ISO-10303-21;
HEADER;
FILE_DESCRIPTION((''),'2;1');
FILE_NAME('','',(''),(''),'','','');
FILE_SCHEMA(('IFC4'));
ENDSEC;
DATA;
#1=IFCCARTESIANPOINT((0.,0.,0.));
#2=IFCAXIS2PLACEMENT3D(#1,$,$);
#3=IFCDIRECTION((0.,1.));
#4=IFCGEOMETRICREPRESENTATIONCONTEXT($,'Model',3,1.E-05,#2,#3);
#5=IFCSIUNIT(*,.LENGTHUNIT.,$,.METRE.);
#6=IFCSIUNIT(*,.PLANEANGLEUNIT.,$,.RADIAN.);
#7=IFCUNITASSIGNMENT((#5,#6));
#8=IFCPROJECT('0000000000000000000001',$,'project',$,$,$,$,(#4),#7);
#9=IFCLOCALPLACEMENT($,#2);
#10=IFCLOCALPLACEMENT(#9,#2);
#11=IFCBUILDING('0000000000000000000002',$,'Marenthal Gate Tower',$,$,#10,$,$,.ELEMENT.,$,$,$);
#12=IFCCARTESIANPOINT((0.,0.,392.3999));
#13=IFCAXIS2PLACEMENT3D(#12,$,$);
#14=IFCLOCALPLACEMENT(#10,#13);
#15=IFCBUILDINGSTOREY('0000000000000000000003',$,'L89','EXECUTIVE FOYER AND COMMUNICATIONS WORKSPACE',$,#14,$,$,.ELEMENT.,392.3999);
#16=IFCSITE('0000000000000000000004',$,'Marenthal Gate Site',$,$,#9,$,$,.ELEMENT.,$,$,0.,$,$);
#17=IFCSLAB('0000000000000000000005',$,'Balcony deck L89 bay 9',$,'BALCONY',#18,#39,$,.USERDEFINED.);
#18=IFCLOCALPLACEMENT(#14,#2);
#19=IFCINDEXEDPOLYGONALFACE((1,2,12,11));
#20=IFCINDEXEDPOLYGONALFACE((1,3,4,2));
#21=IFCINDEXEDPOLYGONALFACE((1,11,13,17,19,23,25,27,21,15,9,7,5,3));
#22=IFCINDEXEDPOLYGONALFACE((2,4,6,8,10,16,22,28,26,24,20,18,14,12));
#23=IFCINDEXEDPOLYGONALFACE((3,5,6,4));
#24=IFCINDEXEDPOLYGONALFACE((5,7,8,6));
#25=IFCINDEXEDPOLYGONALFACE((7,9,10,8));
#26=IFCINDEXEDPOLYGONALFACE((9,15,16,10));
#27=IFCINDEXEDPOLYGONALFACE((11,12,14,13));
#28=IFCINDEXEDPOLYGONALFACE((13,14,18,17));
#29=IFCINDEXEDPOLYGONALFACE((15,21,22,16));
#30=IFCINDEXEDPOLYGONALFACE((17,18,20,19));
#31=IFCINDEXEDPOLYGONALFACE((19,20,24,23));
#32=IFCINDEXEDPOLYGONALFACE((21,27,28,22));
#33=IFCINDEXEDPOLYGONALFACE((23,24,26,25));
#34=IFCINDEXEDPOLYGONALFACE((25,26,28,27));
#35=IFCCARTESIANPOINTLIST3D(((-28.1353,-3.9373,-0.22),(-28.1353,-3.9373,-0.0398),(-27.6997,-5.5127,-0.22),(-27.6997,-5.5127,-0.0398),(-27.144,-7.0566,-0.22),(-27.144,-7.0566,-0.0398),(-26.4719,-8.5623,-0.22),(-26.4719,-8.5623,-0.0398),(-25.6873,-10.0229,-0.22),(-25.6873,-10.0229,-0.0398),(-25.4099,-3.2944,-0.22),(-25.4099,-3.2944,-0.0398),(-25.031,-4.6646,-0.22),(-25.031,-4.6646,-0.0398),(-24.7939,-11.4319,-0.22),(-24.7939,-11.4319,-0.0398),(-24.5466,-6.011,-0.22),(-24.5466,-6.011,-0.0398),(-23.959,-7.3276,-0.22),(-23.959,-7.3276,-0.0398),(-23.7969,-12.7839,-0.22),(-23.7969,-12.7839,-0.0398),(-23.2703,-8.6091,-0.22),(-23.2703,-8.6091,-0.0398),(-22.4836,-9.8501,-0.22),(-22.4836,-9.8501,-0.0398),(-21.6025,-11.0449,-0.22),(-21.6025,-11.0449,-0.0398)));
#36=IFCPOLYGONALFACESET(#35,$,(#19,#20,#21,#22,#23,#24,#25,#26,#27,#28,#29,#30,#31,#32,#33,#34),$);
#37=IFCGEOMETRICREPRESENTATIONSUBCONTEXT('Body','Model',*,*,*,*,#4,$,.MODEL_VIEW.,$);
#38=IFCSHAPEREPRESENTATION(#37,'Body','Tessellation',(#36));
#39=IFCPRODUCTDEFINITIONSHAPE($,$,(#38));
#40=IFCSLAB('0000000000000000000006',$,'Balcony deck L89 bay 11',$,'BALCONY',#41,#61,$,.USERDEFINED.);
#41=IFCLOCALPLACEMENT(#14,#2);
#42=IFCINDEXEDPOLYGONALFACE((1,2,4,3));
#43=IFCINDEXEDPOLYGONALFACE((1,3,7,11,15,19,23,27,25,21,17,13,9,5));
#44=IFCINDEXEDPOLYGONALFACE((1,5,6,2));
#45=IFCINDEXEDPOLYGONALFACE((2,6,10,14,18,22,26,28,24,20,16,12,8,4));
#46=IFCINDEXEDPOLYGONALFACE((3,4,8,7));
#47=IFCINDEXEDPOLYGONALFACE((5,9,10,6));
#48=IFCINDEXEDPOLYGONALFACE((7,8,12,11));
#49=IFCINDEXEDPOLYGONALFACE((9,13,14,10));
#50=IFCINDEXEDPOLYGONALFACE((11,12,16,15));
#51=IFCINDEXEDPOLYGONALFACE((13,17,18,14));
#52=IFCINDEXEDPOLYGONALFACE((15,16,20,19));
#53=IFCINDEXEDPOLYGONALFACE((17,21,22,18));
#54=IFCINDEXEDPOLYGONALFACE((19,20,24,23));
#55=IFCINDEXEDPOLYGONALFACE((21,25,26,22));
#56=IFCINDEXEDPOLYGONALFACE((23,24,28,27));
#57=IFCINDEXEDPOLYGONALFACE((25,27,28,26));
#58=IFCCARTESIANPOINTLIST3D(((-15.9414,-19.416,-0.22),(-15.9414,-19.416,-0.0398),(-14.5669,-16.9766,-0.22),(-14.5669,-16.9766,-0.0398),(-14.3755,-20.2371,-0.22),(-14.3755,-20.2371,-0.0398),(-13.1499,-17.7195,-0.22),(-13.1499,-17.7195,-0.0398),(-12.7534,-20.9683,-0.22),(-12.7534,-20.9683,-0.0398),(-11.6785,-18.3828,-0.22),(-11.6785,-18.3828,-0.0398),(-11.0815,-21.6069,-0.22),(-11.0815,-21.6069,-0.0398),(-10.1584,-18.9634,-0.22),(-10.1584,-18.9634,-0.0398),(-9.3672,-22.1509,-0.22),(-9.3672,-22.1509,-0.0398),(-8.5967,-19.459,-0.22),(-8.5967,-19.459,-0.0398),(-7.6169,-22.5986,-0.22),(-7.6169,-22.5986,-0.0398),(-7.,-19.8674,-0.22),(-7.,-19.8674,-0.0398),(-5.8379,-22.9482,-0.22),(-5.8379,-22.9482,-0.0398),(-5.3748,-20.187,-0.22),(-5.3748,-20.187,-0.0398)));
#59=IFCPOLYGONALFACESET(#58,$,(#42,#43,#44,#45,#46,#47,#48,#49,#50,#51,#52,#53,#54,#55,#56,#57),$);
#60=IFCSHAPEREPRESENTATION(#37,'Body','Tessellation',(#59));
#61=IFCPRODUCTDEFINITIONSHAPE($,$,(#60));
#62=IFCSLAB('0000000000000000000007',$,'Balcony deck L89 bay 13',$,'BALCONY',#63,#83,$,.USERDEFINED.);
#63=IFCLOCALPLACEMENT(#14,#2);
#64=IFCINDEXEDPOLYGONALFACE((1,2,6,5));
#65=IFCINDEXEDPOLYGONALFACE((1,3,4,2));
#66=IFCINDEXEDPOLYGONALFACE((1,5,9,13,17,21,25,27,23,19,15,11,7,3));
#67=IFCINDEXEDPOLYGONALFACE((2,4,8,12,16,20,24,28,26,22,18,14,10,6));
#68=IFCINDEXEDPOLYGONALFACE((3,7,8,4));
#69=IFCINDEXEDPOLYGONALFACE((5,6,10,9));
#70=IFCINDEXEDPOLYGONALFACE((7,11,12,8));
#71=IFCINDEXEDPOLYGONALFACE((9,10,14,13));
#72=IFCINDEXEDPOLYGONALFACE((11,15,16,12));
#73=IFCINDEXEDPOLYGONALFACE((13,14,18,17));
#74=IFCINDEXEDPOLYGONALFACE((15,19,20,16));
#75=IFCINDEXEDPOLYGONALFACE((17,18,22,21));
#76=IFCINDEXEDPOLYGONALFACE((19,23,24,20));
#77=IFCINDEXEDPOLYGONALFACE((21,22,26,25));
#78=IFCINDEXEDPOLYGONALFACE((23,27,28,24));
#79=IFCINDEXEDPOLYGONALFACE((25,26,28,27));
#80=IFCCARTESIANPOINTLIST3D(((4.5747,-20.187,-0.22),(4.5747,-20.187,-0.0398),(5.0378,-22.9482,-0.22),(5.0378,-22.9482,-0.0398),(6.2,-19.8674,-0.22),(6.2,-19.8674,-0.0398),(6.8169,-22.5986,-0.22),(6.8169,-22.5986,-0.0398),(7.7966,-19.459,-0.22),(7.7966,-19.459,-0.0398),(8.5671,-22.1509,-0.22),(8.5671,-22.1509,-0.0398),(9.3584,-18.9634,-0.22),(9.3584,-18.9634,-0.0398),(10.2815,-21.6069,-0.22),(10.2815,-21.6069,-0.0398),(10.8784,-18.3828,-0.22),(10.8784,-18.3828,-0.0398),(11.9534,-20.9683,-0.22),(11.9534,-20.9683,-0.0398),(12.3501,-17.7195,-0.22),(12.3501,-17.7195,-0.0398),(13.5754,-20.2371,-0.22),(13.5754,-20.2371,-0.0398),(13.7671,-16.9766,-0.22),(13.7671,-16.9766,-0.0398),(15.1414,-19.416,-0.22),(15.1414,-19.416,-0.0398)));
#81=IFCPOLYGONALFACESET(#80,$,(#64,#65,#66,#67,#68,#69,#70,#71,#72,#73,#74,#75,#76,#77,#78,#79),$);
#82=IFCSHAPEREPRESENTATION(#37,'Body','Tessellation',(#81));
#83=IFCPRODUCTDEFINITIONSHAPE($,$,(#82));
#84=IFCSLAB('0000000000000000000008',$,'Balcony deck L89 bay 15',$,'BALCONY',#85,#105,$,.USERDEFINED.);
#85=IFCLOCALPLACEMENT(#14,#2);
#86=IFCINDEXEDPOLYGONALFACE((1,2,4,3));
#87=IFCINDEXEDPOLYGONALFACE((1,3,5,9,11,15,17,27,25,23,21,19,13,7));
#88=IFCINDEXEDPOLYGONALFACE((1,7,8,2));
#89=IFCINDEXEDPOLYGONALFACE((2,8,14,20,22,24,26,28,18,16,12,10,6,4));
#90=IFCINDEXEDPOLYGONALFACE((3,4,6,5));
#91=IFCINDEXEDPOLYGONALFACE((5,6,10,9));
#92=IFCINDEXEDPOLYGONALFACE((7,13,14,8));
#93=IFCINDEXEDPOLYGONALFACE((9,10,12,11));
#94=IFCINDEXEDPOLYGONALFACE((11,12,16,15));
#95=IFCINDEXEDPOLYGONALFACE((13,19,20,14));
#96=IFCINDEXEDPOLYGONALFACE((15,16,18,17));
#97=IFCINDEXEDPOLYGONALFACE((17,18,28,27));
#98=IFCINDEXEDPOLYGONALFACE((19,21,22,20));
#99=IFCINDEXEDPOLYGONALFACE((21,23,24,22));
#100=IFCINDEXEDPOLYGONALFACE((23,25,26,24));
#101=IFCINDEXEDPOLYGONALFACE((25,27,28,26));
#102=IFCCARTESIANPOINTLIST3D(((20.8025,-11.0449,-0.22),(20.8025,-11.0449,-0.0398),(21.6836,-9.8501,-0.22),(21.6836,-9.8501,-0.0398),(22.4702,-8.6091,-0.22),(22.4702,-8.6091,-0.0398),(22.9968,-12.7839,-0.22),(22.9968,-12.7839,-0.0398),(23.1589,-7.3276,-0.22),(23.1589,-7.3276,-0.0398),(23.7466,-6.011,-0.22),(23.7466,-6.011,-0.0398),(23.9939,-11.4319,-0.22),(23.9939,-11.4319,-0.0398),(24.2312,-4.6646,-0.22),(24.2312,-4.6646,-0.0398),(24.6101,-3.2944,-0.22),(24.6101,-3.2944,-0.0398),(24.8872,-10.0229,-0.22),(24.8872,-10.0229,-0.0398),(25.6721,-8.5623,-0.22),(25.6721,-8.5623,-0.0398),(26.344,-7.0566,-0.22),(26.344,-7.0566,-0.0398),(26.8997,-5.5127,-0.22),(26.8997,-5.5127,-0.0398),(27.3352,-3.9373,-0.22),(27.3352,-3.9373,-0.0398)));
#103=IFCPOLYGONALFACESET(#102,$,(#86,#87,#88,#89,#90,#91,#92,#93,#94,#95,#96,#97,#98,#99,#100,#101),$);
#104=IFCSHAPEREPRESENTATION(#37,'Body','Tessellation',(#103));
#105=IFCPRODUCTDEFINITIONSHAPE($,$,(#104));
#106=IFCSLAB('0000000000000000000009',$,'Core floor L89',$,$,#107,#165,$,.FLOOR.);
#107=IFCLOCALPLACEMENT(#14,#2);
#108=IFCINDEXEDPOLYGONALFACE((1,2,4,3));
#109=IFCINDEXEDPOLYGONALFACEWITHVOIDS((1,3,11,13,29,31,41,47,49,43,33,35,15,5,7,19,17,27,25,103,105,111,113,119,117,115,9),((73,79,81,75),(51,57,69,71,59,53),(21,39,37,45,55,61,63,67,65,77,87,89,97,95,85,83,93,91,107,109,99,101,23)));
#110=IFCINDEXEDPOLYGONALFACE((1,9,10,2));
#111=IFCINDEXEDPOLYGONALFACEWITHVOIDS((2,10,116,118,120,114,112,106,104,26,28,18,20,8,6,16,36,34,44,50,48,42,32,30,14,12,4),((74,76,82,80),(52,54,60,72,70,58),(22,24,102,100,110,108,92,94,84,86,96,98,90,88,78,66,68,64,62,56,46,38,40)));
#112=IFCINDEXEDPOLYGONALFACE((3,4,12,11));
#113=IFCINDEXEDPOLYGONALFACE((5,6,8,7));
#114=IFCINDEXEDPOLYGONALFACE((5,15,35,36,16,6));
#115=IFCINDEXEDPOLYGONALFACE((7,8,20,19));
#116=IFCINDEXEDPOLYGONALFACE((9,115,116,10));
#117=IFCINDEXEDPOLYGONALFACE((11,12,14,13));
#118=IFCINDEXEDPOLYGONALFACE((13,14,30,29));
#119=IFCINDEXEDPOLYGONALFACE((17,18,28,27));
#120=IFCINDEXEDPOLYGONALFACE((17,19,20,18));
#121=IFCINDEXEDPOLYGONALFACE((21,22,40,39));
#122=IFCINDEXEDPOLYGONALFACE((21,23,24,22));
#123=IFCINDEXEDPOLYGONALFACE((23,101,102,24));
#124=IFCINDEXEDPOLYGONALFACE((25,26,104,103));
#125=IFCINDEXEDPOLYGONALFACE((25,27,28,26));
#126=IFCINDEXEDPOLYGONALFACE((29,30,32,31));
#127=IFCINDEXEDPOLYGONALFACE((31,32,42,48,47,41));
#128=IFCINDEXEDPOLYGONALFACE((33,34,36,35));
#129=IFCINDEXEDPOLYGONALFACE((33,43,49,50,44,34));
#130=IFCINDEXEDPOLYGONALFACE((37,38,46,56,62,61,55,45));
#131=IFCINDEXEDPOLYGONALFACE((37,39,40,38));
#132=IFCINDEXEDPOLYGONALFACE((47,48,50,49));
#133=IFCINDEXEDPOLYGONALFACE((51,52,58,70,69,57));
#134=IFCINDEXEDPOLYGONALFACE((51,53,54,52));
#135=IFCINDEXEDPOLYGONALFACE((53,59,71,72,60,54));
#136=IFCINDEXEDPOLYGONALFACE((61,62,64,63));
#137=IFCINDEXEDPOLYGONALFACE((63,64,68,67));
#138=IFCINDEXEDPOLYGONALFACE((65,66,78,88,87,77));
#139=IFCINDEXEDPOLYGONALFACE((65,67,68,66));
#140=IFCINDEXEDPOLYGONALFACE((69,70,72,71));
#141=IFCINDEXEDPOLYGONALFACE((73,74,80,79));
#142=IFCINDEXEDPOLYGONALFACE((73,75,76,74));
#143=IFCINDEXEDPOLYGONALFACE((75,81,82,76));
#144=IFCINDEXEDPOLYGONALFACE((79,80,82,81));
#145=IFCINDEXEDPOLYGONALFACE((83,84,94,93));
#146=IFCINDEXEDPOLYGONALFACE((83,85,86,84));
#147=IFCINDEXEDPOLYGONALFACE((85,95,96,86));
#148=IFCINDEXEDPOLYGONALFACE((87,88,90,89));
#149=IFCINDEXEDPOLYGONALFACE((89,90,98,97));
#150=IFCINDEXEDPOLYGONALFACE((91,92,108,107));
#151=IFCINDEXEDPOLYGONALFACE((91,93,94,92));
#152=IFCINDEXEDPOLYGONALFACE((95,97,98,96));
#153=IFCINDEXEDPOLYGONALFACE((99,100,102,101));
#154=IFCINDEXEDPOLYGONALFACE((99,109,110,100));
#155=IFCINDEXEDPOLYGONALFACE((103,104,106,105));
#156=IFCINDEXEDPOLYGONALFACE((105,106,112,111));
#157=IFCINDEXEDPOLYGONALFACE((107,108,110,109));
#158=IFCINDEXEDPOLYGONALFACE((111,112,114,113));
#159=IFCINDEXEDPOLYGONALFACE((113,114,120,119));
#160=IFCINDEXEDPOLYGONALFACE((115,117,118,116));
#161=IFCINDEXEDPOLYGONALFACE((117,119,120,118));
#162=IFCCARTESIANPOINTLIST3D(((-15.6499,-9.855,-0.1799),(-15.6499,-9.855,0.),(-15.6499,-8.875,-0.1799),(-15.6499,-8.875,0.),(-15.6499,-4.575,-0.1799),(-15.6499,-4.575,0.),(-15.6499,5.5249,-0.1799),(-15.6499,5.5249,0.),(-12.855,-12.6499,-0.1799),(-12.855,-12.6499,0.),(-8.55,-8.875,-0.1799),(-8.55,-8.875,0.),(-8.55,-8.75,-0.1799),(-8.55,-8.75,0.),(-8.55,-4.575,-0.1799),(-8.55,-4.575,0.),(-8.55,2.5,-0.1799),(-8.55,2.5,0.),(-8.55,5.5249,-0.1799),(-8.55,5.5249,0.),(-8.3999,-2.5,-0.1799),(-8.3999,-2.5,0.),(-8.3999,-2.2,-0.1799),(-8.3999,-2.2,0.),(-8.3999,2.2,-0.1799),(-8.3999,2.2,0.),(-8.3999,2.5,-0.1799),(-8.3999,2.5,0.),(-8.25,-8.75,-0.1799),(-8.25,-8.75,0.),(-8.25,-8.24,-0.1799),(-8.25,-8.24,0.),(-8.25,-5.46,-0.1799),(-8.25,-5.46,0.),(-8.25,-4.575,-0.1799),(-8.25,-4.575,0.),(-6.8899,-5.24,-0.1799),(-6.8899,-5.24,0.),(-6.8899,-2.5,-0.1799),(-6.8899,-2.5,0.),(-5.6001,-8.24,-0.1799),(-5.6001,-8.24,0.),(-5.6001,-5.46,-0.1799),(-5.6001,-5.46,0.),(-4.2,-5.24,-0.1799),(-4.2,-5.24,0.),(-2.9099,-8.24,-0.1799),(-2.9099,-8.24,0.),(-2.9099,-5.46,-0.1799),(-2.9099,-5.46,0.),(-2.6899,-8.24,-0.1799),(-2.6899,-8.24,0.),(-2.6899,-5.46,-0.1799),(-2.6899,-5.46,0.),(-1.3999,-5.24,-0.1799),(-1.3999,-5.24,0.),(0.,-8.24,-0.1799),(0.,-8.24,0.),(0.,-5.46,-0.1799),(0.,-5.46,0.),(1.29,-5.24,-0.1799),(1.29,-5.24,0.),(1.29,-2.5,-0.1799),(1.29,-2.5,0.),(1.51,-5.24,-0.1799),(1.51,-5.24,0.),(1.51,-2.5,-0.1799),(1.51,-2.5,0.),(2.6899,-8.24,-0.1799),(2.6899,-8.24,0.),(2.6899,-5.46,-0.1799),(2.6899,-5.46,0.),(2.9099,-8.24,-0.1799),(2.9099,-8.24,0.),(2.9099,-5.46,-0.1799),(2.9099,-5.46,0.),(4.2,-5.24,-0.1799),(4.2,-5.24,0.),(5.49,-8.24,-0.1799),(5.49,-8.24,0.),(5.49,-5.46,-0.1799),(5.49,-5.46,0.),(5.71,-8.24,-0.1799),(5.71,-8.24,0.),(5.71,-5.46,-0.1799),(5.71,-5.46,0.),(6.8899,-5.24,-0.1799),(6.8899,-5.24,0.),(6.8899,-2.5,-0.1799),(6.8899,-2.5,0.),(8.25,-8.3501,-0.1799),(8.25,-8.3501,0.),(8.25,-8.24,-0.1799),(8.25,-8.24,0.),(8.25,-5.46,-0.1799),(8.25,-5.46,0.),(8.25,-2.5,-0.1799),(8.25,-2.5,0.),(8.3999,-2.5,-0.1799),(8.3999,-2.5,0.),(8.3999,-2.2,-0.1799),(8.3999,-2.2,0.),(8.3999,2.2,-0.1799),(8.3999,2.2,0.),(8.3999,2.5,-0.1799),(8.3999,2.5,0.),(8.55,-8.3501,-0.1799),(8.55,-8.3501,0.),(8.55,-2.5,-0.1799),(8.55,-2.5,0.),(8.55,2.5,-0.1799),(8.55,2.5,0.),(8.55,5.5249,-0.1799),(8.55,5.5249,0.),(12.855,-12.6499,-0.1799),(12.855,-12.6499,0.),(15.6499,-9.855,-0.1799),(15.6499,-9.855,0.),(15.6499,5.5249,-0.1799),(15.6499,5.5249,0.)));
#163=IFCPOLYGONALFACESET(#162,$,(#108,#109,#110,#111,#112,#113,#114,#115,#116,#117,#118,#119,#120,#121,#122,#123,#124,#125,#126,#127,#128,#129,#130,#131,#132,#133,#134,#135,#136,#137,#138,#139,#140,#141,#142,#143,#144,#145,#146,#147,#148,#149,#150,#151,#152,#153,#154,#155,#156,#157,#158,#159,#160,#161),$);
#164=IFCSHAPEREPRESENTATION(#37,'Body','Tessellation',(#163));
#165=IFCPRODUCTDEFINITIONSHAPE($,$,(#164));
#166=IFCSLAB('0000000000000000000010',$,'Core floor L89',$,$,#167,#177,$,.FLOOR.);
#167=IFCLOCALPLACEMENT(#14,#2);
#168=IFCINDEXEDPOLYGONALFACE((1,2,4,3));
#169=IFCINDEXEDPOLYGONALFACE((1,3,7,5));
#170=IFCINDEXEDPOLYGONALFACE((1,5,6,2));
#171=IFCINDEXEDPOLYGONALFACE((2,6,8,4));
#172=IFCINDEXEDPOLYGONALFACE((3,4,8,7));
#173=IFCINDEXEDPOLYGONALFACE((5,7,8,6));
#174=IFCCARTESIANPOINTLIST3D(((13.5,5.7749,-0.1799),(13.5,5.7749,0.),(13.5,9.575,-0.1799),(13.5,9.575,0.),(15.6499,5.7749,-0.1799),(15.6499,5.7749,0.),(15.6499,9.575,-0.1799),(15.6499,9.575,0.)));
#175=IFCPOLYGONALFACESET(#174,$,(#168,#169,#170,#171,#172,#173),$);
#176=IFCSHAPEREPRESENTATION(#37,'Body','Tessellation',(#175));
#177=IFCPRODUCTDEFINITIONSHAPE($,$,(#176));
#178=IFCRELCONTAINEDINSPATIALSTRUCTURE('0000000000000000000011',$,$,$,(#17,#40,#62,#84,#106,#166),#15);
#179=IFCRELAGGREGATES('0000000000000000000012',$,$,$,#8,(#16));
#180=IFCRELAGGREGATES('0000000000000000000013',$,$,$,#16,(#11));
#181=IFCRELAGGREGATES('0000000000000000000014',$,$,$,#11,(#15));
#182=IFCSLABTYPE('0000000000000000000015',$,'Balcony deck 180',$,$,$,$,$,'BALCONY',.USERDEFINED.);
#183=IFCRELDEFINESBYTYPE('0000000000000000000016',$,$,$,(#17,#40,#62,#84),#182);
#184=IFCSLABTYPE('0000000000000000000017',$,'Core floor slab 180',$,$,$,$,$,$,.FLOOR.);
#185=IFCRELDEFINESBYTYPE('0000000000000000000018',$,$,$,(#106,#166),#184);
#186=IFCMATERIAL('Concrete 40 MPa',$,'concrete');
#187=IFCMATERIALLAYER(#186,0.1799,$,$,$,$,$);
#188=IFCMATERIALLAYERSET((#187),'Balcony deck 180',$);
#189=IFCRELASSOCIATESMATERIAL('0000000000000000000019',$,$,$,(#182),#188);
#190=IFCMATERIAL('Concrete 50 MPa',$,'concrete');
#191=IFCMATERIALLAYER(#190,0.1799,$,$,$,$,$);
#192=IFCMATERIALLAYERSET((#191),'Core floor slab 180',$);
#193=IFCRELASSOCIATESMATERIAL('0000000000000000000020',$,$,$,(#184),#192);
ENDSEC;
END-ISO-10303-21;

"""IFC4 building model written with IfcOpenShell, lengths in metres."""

from ifc_helpers import new_model, si_unit, direction, frame, origin, place, context, subcontext, project, spatial, polyline, outline, extrude, material, layer, layer_set, type_object, element, save


model = new_model("IFC4")

# Units and contexts
model_context = context("Model", 3, precision=1e-05, world=origin(), true_north=direction((0.0, 1.0)))
body_context = subcontext(model_context, "Body", "Model", "MODEL_VIEW")
ifc_project = project(units=[si_unit("LENGTHUNIT", "METRE"), si_unit("PLANEANGLEUNIT", "RADIAN")], contexts=[model_context])

# Site, building, storey
site_placement = place(None, origin())
site = spatial("IfcSite", under=ifc_project, at=site_placement, Name="Marenthal Gate Site", CompositionType="ELEMENT", RefElevation=0.0)
building_placement = place(site_placement, origin())
building = spatial("IfcBuilding", under=site, at=building_placement, Name="Marenthal Gate Tower", CompositionType="ELEMENT")
storey_placement = place(building_placement, frame((0.0, 0.0, 392.3999)))
storey = spatial("IfcBuildingStorey", under=building, at=storey_placement, Name="L89", Description="EXECUTIVE FOYER AND COMMUNICATIONS WORKSPACE", CompositionType="ELEMENT", Elevation=392.3999)

# Slabs
ifc_material_1 = material(Name="Concrete 40 MPa", Category="concrete")
ifc_layer_1 = layer(ifc_material_1, 0.1799)
ifc_layer_set_1 = layer_set([ifc_layer_1], Name="Balcony deck 180")
slab_type_1 = type_object("IfcSlabType", Name="Balcony deck 180", ElementType="BALCONY", PredefinedType="USERDEFINED", material=ifc_layer_set_1)
slab_1_placement = place(storey_placement, frame((0.0, 0.0, -0.22)))
element("IfcSlab", 1, at=slab_1_placement, inside=storey, type_object=slab_type_1, Name="Balcony deck L89 bay 9", ObjectType="BALCONY", PredefinedType="USERDEFINED", context=body_context, shape_type="SweptSolid", body=[
    extrude(outline(polyline([(-25.4099, -3.2944), (-25.031, -4.6646), (-24.5466, -6.011), (-23.959, -7.3276), (-23.2703, -8.6091), (-22.4836, -9.8501), (-21.6025, -11.0449), (-23.7969, -12.7839), (-24.7939, -11.4319), (-25.6873, -10.0229), (-26.4719, -8.5623), (-27.144, -7.0566), (-27.6997, -5.5127), (-28.1353, -3.9373), (-25.4099, -3.2944)])), origin(), (0.0, 0.0, 1.0), 0.1802),
])
slab_2_placement = place(storey_placement, frame((0.0, 0.0, -0.22)))
element("IfcSlab", 2, at=slab_2_placement, inside=storey, type_object=slab_type_1, Name="Balcony deck L89 bay 11", ObjectType="BALCONY", PredefinedType="USERDEFINED", context=body_context, shape_type="SweptSolid", body=[
    extrude(outline(polyline([(-14.5669, -16.9766), (-13.1499, -17.7195), (-11.6785, -18.3828), (-10.1584, -18.9634), (-8.5967, -19.459), (-7.0, -19.8674), (-5.3748, -20.187), (-5.8379, -22.9482), (-7.6169, -22.5986), (-9.3672, -22.1509), (-11.0815, -21.6069), (-12.7534, -20.9683), (-14.3755, -20.2371), (-15.9414, -19.416), (-14.5669, -16.9766)])), origin(), (0.0, 0.0, 1.0), 0.1802),
])
slab_3_placement = place(storey_placement, frame((0.0, 0.0, -0.22)))
element("IfcSlab", 3, at=slab_3_placement, inside=storey, type_object=slab_type_1, Name="Balcony deck L89 bay 13", ObjectType="BALCONY", PredefinedType="USERDEFINED", context=body_context, shape_type="SweptSolid", body=[
    extrude(outline(polyline([(4.5747, -20.187), (6.2, -19.8674), (7.7966, -19.459), (9.3584, -18.9634), (10.8784, -18.3828), (12.3501, -17.7195), (13.7671, -16.9766), (15.1414, -19.416), (13.5754, -20.2371), (11.9534, -20.9683), (10.2815, -21.6069), (8.5671, -22.1509), (6.8169, -22.5986), (5.0378, -22.9482), (4.5747, -20.187)])), origin(), (0.0, 0.0, 1.0), 0.1802),
])
slab_4_placement = place(storey_placement, frame((0.0, 0.0, -0.22)))
element("IfcSlab", 4, at=slab_4_placement, inside=storey, type_object=slab_type_1, Name="Balcony deck L89 bay 15", ObjectType="BALCONY", PredefinedType="USERDEFINED", context=body_context, shape_type="SweptSolid", body=[
    extrude(outline(polyline([(20.8025, -11.0449), (21.6836, -9.8501), (22.4702, -8.6091), (23.1589, -7.3276), (23.7466, -6.011), (24.2312, -4.6646), (24.6101, -3.2944), (27.3352, -3.9373), (26.8997, -5.5127), (26.344, -7.0566), (25.6721, -8.5623), (24.8872, -10.0229), (23.9939, -11.4319), (22.9968, -12.7839), (20.8025, -11.0449)])), origin(), (0.0, 0.0, 1.0), 0.1802),
])
ifc_material_2 = material(Name="Concrete 50 MPa", Category="concrete")
ifc_layer_2 = layer(ifc_material_2, 0.1799)
ifc_layer_set_2 = layer_set([ifc_layer_2], Name="Core floor slab 180")
slab_type_2 = type_object("IfcSlabType", Name="Core floor slab 180", PredefinedType="FLOOR", material=ifc_layer_set_2)
slab_5_placement = place(storey_placement, frame((0.0, 0.0, -0.1799)))
element("IfcSlab", 5, at=slab_5_placement, inside=storey, type_object=slab_type_2, Name="Core floor L89", PredefinedType="FLOOR", context=body_context, shape_type="SweptSolid", body=[
    extrude(outline(polyline([(12.855, -12.6499), (-12.855, -12.6499), (-15.6499, -9.855), (-15.6499, -8.875), (-8.55, -8.875), (-8.55, -8.75), (-8.25, -8.75), (-8.25, -8.24), (-5.6001, -8.24), (-2.9099, -8.24), (-2.9099, -5.46), (-5.6001, -5.46), (-8.25, -5.46), (-8.25, -4.575), (-8.55, -4.575), (-15.6499, -4.575), (-15.6499, 5.5249), (-8.55, 5.5249), (-8.55, 2.5), (-8.3999, 2.5), (-8.3999, 2.2), (8.3999, 2.2), (8.3999, 2.5), (8.55, 2.5), (8.55, 5.5249), (15.6499, 5.5249), (15.6499, -9.855), (12.855, -12.6499)]), holes=[polyline([(0.0, -8.24), (2.6899, -8.24), (2.6899, -5.46), (0.0, -5.46), (-2.6899, -5.46), (-2.6899, -8.24), (0.0, -8.24)]), polyline([(1.29, -5.24), (1.29, -2.5), (1.51, -2.5), (1.51, -5.24), (4.2, -5.24), (6.8899, -5.24), (6.8899, -2.5), (8.25, -2.5), (8.25, -5.46), (5.71, -5.46), (5.71, -8.24), (8.25, -8.24), (8.25, -8.3501), (8.55, -8.3501), (8.55, -2.5), (8.3999, -2.5), (8.3999, -2.2), (-8.3999, -2.2), (-8.3999, -2.5), (-6.8899, -2.5), (-6.8899, -5.24), (-4.2, -5.24), (-1.3999, -5.24), (1.29, -5.24)]), polyline([(5.49, -5.46), (2.9099, -5.46), (2.9099, -8.24), (5.49, -8.24), (5.49, -5.46)])]), origin(), (0.0, 0.0, 1.0), 0.1799),
])
slab_6_placement = place(storey_placement, frame((0.0, 0.0, -0.1799)))
element("IfcSlab", 6, at=slab_6_placement, inside=storey, type_object=slab_type_2, Name="Core floor L89", PredefinedType="FLOOR", context=body_context, shape_type="SweptSolid", body=[
    extrude(outline(polyline([(15.6499, 5.7749), (13.5, 5.7749), (13.5, 9.575), (15.6499, 9.575), (15.6499, 5.7749)])), origin(), (0.0, 0.0, 1.0), 0.1799),
])

save(model, "model.ifc")
